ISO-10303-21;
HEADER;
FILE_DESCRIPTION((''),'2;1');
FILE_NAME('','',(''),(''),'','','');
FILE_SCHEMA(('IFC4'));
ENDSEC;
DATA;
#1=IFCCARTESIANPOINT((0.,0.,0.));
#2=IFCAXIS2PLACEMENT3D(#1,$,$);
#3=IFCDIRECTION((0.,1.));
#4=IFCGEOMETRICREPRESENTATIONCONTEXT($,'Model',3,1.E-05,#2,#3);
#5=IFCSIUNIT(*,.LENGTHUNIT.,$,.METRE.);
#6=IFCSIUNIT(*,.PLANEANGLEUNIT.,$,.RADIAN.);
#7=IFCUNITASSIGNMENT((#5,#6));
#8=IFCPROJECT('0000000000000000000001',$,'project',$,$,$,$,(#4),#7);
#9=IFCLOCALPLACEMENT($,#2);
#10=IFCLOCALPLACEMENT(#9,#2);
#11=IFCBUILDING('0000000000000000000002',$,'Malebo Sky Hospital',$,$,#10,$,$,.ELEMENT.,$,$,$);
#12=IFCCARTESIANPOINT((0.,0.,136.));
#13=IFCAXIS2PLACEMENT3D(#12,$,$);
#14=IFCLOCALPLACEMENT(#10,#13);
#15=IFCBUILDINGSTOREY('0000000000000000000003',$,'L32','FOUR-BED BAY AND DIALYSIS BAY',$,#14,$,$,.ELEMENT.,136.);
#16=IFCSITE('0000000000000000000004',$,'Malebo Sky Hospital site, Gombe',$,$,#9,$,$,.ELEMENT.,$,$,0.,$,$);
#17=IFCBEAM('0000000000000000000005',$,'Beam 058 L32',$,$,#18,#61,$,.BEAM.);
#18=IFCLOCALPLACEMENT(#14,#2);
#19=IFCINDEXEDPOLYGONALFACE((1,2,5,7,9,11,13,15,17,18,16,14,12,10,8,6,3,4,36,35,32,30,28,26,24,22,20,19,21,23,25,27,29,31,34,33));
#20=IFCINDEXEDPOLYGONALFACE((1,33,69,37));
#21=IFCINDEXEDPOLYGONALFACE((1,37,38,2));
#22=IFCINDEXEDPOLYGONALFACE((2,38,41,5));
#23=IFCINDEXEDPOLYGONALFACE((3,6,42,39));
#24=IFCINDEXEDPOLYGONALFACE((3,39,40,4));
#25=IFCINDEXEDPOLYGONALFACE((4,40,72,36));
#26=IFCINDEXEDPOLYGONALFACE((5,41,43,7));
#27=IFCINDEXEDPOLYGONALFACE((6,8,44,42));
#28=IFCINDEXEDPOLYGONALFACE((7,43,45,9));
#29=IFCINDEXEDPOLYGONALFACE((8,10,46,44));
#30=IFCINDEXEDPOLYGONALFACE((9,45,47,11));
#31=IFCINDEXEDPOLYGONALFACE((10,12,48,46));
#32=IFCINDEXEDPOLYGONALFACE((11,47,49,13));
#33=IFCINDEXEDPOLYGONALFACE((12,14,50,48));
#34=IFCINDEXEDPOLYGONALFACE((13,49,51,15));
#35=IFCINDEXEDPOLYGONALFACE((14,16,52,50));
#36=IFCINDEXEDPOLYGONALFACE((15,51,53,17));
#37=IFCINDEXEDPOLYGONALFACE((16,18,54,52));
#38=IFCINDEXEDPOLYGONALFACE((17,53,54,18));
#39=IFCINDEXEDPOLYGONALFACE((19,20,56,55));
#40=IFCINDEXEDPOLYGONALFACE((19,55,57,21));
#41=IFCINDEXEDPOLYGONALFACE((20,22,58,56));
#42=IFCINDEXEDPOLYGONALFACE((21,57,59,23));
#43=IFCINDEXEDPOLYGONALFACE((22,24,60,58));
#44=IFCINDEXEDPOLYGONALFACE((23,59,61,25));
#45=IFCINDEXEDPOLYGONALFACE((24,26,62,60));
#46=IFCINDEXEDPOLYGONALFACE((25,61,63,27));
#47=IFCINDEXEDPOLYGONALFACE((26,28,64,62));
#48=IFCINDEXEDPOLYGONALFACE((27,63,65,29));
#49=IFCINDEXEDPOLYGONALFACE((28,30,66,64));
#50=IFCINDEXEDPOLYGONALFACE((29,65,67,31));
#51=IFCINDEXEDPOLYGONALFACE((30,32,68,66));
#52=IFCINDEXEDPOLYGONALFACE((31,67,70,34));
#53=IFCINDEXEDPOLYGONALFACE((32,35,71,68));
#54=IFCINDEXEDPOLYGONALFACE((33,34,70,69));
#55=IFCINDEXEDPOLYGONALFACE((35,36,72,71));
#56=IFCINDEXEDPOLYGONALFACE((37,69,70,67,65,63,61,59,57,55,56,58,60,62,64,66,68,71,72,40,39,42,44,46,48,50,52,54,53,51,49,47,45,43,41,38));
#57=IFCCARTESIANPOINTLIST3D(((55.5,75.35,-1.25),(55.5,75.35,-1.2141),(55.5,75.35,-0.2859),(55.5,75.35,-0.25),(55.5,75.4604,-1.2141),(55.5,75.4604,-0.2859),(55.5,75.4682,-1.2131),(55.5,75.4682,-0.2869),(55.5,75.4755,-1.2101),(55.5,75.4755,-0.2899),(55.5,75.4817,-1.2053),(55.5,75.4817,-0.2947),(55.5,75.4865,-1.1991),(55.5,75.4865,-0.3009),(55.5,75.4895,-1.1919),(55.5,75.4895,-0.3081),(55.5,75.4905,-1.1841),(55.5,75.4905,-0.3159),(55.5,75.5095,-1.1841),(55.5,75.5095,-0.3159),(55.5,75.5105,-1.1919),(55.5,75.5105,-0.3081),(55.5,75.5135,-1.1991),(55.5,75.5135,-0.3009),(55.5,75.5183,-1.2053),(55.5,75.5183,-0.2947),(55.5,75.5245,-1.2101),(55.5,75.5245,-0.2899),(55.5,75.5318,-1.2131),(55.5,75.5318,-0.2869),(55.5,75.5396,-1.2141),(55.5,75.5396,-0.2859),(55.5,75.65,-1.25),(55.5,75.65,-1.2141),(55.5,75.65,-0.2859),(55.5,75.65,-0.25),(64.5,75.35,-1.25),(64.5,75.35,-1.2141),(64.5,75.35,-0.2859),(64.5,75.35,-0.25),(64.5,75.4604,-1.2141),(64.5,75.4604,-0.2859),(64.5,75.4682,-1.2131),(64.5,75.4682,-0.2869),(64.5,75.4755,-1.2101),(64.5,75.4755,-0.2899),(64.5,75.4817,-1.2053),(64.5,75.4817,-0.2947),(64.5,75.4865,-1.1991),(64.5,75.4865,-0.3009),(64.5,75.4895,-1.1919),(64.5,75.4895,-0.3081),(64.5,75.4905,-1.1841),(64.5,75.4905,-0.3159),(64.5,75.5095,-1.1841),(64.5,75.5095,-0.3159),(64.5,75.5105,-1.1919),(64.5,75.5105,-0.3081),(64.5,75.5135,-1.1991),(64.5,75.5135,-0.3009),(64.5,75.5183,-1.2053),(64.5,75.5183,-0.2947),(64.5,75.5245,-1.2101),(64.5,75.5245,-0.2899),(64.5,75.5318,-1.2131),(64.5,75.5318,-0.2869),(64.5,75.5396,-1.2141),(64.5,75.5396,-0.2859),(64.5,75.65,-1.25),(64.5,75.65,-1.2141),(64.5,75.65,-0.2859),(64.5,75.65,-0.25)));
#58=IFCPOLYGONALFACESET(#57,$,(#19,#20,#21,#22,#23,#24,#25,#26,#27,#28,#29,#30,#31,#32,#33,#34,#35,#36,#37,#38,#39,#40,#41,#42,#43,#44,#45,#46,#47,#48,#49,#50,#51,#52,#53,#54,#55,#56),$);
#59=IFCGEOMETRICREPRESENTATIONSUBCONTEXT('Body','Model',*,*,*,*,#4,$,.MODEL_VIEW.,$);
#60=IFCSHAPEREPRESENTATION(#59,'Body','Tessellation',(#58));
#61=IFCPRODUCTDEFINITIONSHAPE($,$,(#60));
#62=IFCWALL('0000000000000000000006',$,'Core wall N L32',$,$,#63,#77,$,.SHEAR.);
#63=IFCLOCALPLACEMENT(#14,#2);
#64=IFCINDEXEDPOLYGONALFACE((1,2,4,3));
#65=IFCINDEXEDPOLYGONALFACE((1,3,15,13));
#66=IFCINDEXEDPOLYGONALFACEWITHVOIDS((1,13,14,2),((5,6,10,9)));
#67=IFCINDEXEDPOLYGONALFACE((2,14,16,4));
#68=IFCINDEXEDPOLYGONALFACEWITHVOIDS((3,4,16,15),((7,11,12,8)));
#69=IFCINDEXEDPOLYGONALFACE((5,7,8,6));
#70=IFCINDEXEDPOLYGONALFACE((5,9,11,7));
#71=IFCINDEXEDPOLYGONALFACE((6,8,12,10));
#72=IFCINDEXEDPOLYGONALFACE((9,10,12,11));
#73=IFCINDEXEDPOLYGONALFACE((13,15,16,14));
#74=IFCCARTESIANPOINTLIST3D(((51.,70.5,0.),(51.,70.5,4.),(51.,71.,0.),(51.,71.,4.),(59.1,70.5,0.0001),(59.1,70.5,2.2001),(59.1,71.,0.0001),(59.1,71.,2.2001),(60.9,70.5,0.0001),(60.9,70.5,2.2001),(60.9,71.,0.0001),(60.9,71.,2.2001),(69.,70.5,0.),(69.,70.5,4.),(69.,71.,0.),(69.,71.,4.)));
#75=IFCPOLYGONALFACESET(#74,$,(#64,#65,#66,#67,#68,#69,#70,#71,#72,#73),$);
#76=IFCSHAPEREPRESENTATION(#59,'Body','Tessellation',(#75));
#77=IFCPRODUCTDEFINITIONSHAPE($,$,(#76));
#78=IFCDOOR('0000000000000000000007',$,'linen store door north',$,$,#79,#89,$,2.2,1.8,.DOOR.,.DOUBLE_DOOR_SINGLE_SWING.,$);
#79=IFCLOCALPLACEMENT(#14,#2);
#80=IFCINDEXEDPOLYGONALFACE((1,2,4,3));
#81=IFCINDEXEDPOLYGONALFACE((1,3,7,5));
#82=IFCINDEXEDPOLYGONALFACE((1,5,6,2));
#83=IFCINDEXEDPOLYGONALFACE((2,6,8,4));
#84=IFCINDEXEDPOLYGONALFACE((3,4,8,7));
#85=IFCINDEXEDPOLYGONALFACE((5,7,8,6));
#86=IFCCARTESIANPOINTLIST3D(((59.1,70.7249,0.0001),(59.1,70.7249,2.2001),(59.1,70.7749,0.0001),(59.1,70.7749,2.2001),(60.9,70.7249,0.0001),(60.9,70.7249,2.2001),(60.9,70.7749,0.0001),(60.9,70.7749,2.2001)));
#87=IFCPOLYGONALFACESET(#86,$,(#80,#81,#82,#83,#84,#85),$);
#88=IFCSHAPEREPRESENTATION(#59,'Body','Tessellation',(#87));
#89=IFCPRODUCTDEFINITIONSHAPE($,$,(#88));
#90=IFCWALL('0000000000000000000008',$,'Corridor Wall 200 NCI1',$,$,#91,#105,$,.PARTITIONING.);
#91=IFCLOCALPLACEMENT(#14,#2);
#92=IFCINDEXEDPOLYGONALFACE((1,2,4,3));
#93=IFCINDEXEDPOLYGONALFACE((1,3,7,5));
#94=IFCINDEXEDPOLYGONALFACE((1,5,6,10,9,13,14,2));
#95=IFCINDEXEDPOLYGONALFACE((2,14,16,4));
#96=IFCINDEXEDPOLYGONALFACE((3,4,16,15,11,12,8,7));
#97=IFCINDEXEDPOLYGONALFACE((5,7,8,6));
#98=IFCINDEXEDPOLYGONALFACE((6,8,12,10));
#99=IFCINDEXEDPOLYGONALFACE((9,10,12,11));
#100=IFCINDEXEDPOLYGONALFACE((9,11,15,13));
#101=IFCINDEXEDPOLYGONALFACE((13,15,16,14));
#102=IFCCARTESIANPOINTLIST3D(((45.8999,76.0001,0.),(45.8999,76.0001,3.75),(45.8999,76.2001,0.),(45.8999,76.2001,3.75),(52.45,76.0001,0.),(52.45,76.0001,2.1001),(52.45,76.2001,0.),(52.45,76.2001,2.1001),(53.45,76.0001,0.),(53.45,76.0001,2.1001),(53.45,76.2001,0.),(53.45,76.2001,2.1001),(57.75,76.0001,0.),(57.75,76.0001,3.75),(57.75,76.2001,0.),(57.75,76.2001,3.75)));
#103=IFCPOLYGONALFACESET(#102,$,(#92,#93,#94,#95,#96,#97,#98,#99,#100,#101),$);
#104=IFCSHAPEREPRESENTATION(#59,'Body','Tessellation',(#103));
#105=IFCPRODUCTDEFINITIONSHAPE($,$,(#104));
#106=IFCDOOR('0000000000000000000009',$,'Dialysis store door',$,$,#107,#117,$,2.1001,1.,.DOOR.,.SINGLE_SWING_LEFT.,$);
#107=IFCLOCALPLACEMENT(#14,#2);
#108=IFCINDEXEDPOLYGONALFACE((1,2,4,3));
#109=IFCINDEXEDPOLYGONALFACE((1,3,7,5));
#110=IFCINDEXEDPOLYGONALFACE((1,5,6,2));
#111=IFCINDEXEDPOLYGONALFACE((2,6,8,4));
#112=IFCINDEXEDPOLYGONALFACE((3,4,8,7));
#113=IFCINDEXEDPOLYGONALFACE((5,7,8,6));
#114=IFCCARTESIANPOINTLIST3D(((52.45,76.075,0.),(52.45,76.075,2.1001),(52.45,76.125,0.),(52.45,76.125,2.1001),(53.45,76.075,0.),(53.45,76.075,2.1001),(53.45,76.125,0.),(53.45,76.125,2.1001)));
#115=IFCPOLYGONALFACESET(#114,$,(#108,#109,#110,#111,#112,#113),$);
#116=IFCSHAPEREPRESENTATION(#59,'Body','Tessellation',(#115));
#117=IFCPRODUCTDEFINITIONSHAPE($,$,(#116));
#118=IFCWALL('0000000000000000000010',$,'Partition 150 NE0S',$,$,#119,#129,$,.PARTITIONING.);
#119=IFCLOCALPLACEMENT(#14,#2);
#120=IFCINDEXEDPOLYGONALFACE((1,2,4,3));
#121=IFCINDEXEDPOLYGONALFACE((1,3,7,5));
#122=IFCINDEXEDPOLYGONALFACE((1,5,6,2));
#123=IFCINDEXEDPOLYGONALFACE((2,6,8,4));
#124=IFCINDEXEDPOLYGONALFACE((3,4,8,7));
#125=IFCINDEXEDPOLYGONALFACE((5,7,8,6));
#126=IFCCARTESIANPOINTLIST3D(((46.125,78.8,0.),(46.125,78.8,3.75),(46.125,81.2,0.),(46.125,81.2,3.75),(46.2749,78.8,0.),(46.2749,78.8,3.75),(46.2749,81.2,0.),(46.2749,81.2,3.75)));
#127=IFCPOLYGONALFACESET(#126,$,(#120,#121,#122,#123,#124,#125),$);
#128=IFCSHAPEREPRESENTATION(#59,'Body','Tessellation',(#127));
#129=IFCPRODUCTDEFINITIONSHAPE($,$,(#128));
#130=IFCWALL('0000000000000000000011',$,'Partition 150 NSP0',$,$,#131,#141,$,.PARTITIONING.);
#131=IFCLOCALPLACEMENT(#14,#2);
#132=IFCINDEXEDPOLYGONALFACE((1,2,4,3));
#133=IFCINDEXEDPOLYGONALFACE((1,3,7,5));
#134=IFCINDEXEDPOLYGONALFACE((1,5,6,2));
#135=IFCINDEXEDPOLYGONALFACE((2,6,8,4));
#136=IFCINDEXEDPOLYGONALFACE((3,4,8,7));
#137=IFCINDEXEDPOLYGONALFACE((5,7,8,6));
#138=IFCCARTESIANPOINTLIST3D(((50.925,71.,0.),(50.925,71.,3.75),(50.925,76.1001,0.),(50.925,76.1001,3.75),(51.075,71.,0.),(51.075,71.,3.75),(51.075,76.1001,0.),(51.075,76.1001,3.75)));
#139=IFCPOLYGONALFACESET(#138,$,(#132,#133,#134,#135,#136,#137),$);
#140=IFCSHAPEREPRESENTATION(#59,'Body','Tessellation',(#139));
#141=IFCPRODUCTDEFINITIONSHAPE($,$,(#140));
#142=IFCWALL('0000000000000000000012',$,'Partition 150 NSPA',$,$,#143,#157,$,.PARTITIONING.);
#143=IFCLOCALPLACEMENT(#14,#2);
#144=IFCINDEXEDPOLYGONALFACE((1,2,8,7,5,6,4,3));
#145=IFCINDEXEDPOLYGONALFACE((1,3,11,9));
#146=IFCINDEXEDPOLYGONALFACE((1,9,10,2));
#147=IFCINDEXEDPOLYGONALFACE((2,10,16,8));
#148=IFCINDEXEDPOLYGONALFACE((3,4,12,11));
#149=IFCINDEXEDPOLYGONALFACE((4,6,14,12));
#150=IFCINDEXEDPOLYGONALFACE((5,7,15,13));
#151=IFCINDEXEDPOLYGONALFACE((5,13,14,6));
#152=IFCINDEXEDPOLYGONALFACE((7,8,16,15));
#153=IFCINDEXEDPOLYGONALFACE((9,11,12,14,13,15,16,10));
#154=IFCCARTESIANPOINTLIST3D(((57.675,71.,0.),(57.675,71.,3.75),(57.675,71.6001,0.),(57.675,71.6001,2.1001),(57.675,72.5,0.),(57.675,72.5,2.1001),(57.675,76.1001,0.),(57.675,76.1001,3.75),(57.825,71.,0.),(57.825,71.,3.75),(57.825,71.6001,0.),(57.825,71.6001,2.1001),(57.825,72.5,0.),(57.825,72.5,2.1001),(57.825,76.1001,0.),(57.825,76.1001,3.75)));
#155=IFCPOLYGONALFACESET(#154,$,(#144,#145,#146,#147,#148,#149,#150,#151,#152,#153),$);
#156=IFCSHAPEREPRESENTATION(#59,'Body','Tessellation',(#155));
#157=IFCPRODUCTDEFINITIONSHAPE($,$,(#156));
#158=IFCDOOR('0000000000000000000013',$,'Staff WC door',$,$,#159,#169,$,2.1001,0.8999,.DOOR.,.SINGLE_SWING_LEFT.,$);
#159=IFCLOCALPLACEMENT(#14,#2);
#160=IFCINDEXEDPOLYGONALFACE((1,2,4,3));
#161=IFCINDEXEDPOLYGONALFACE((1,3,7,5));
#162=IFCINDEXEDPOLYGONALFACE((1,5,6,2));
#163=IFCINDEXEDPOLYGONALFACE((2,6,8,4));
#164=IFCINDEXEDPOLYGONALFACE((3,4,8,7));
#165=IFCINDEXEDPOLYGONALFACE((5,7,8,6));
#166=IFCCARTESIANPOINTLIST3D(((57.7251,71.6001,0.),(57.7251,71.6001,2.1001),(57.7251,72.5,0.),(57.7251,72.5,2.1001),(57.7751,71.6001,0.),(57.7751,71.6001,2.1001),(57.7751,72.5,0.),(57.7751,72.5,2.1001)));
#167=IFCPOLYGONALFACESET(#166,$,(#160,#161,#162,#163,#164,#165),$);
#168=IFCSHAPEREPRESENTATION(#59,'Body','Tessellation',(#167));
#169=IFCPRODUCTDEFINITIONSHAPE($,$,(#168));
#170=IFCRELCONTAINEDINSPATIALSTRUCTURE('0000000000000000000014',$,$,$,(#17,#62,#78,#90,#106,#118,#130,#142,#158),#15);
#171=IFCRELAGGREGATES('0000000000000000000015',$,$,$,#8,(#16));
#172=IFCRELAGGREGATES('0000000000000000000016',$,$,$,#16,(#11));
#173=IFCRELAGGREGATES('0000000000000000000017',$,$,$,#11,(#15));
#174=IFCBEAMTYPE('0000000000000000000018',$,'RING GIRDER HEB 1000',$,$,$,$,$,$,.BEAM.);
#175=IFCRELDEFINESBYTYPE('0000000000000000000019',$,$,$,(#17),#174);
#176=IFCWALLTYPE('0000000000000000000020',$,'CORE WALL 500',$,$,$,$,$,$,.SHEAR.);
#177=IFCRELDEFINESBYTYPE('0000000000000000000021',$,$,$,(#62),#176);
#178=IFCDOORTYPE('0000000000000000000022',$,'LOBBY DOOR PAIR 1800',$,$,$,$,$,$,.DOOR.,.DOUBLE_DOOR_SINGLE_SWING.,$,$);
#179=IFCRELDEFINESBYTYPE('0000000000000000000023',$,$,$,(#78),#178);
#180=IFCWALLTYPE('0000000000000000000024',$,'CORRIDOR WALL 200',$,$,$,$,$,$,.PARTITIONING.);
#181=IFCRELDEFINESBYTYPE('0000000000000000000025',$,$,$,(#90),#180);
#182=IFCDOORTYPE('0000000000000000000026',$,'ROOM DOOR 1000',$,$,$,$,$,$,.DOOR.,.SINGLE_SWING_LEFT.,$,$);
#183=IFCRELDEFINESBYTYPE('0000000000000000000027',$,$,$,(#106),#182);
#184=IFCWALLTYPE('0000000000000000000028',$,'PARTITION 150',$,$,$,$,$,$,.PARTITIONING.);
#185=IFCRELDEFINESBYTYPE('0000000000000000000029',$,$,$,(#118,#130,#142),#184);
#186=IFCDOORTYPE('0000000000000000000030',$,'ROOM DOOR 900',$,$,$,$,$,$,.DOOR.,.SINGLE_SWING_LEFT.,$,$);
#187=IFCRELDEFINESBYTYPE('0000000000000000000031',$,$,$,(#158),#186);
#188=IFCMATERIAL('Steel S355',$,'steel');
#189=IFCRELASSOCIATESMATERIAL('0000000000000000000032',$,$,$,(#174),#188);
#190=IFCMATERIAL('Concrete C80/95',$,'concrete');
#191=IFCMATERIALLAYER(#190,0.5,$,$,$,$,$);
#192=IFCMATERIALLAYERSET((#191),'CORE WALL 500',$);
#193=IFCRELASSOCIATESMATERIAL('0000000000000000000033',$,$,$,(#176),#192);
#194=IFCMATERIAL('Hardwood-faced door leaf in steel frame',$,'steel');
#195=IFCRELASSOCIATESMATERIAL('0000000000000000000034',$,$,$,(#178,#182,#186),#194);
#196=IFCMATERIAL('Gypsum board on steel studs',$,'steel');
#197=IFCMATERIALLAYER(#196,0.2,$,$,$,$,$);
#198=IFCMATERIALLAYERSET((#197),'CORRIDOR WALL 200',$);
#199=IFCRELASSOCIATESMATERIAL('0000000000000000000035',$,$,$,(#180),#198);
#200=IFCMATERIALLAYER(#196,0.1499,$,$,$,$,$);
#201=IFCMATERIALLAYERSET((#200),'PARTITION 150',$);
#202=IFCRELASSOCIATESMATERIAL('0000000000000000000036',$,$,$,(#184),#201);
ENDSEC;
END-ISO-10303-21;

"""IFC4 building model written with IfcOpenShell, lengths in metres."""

from ifc_helpers import new_model, si_unit, direction, frame, frame_2d, origin, origin_2d, place, context, subcontext, project, spatial, rectangle, i_section, extrude, material, layer, layer_set, material_profile, profile_set, type_object, element, fill, save


model = new_model("IFC4")

# Units and contexts
model_context = context("Model", 3, precision=1e-05, world=origin(), true_north=direction((0.0, 1.0)))
body_context = subcontext(model_context, "Body", "Model", "MODEL_VIEW")
ifc_project = project(units=[si_unit("LENGTHUNIT", "METRE"), si_unit("PLANEANGLEUNIT", "RADIAN")], contexts=[model_context])

# Site, building, storey
site_placement = place(None, origin())
site = spatial("IfcSite", under=ifc_project, at=site_placement, Name="Malebo Sky Hospital site, Gombe", CompositionType="ELEMENT", RefElevation=0.0)
building_placement = place(site_placement, origin())
building = spatial("IfcBuilding", under=site, at=building_placement, Name="Malebo Sky Hospital", CompositionType="ELEMENT")
storey_placement = place(building_placement, frame((0.0, 0.0, 136.0)))
storey = spatial("IfcBuildingStorey", under=building, at=storey_placement, Name="L32", Description="FOUR-BED BAY AND DIALYSIS BAY", CompositionType="ELEMENT", Elevation=136.0)

# Beam
ifc_material_1 = material(Name="Steel S355", Category="steel")
ifc_material_profile_1 = material_profile(ifc_material_1, i_section(OverallWidth=0.3, OverallDepth=1.0, WebThickness=0.019, FlangeThickness=0.0359, FilletRadius=0.03, at=origin_2d()), Name="HEB 1000")
ifc_profile_set_1 = profile_set([ifc_material_profile_1], Name="Steel S355")
beam_type_1 = type_object("IfcBeamType", Name="RING GIRDER HEB 1000", PredefinedType="BEAM", material=ifc_profile_set_1)
beam_1_placement = place(storey_placement, frame((55.5, 75.5, -0.75), z_axis=(1.0, 0.0, 0.0), x_axis=(0.0, 1.0, 0.0)))
element("IfcBeam", 1, at=beam_1_placement, inside=storey, type_object=beam_type_1, Name="Beam 058 L32", PredefinedType="BEAM", context=body_context, shape_type="SweptSolid", body=[
    extrude(i_section(OverallWidth=0.3, OverallDepth=1.0, WebThickness=0.019, FlangeThickness=0.0359, FilletRadius=0.03, at=origin_2d()), origin(), (0.0, 0.0, 1.0), 9.0),
])

# Walls, openings, doors
ifc_material_2 = material(Name="Concrete C80/95", Category="concrete")
ifc_layer_1 = layer(ifc_material_2, 0.5)
ifc_layer_set_1 = layer_set([ifc_layer_1], Name="CORE WALL 500")
wall_type_1 = type_object("IfcWallType", Name="CORE WALL 500", PredefinedType="SHEAR", material=ifc_layer_set_1)
wall_1_placement = place(storey_placement, frame((51.0, 70.75, 0.0), z_axis=(0.0, 0.0, 1.0), x_axis=(1.0, 0.0, 0.0)))
wall_1 = element("IfcWall", 2, at=wall_1_placement, inside=storey, type_object=wall_type_1, Name="Core wall N L32", PredefinedType="SHEAR", context=body_context, shape_type="SweptSolid", body=[
    extrude(rectangle(XDim=18.0, YDim=0.5, at=frame_2d((9.0, 0.0))), origin(), (0.0, 0.0, 1.0), 4.0),
])
opening_1_placement = place(wall_1_placement, frame((8.1001, 0.0, 0.0)))
opening_1 = element("IfcOpeningElement", 3, at=opening_1_placement, cuts=wall_1, PredefinedType="OPENING", context=body_context, shape_type="SweptSolid", body=[
    extrude(rectangle(XDim=1.8, YDim=2.2, at=frame_2d((0.8999, 1.1001))), frame((0.0, 0.26, 0.0), z_axis=(0.0, -1.0, 0.0), x_axis=(1.0, 0.0, 0.0)), (0.0, 0.0, 1.0), 0.52),
])
ifc_material_3 = material(Name="Hardwood-faced door leaf in steel frame", Category="steel")
door_type_1 = type_object("IfcDoorType", Name="LOBBY DOOR PAIR 1800", OperationType="DOUBLE_DOOR_SINGLE_SWING", PredefinedType="DOOR", material=ifc_material_3)
door_1_placement = place(opening_1_placement, origin())
door_1 = element("IfcDoor", 4, at=door_1_placement, inside=storey, type_object=door_type_1, Name="linen store door north", OperationType="DOUBLE_DOOR_SINGLE_SWING", OverallHeight=2.2, OverallWidth=1.8, PredefinedType="DOOR", context=body_context, shape_type="SweptSolid", body=[
    extrude(rectangle(XDim=1.8, YDim=2.2, at=frame_2d((0.8999, 1.1001))), frame((0.0, 0.0249, 0.0), z_axis=(0.0, -1.0, 0.0), x_axis=(1.0, 0.0, 0.0)), (0.0, 0.0, 1.0), 0.05),
])
fill(opening_1, door_1)
ifc_material_4 = material(Name="Gypsum board on steel studs", Category="steel")
ifc_layer_2 = layer(ifc_material_4, 0.2)
ifc_layer_set_2 = layer_set([ifc_layer_2], Name="CORRIDOR WALL 200")
wall_type_2 = type_object("IfcWallType", Name="CORRIDOR WALL 200", PredefinedType="PARTITIONING", material=ifc_layer_set_2)
wall_2_placement = place(storey_placement, frame((45.8999, 76.1001, 0.0), z_axis=(0.0, 0.0, 1.0), x_axis=(1.0, 0.0, 0.0)))
wall_2 = element("IfcWall", 5, at=wall_2_placement, inside=storey, type_object=wall_type_2, Name="Corridor Wall 200 NCI1", PredefinedType="PARTITIONING", context=body_context, shape_type="SweptSolid", body=[
    extrude(rectangle(XDim=11.8501, YDim=0.2, at=frame_2d((5.925, 0.0))), origin(), (0.0, 0.0, 1.0), 3.75),
])
opening_2_placement = place(wall_2_placement, frame((6.55, 0.0, 0.0)))
opening_2 = element("IfcOpeningElement", 6, at=opening_2_placement, cuts=wall_2, PredefinedType="OPENING", context=body_context, shape_type="SweptSolid", body=[
    extrude(rectangle(XDim=1.0, YDim=2.1001, at=frame_2d((0.5, 1.05))), frame((0.0, 0.1099, 0.0), z_axis=(0.0, -1.0, 0.0), x_axis=(1.0, 0.0, 0.0)), (0.0, 0.0, 1.0), 0.22),
])
door_type_2 = type_object("IfcDoorType", Name="ROOM DOOR 1000", OperationType="SINGLE_SWING_LEFT", PredefinedType="DOOR", material=ifc_material_3)
door_2_placement = place(opening_2_placement, origin())
door_2 = element("IfcDoor", 7, at=door_2_placement, inside=storey, type_object=door_type_2, Name="Dialysis store door", OperationType="SINGLE_SWING_LEFT", OverallHeight=2.1001, OverallWidth=1.0, PredefinedType="DOOR", context=body_context, shape_type="SweptSolid", body=[
    extrude(rectangle(XDim=1.0, YDim=2.1001, at=frame_2d((0.5, 1.05))), frame((0.0, 0.0249, 0.0), z_axis=(0.0, -1.0, 0.0), x_axis=(1.0, 0.0, 0.0)), (0.0, 0.0, 1.0), 0.05),
])
fill(opening_2, door_2)

# Walls
ifc_layer_3 = layer(ifc_material_4, 0.1499)
ifc_layer_set_3 = layer_set([ifc_layer_3], Name="PARTITION 150")
wall_type_3 = type_object("IfcWallType", Name="PARTITION 150", PredefinedType="PARTITIONING", material=ifc_layer_set_3)
wall_3_placement = place(storey_placement, frame((46.2, 78.8, 0.0), z_axis=(0.0, 0.0, 1.0), x_axis=(0.0, 1.0, 0.0)))
element("IfcWall", 8, at=wall_3_placement, inside=storey, type_object=wall_type_3, Name="Partition 150 NE0S", PredefinedType="PARTITIONING", context=body_context, shape_type="SweptSolid", body=[
    extrude(rectangle(XDim=2.3999, YDim=0.1499, at=frame_2d((1.2, 0.0))), origin(), (0.0, 0.0, 1.0), 3.75),
])
wall_4_placement = place(storey_placement, frame((51.0, 71.0, 0.0), z_axis=(0.0, 0.0, 1.0), x_axis=(0.0, 1.0, 0.0)))
element("IfcWall", 9, at=wall_4_placement, inside=storey, type_object=wall_type_3, Name="Partition 150 NSP0", PredefinedType="PARTITIONING", context=body_context, shape_type="SweptSolid", body=[
    extrude(rectangle(XDim=5.1001, YDim=0.1499, at=frame_2d((2.55, 0.0))), origin(), (0.0, 0.0, 1.0), 3.75),
])

# Wall, opening, door
wall_5_placement = place(storey_placement, frame((57.75, 71.0, 0.0), z_axis=(0.0, 0.0, 1.0), x_axis=(0.0, 1.0, 0.0)))
wall_5 = element("IfcWall", 10, at=wall_5_placement, inside=storey, type_object=wall_type_3, Name="Partition 150 NSPA", PredefinedType="PARTITIONING", context=body_context, shape_type="SweptSolid", body=[
    extrude(rectangle(XDim=5.1001, YDim=0.1499, at=frame_2d((2.55, 0.0))), origin(), (0.0, 0.0, 1.0), 3.75),
])
opening_3_placement = place(wall_5_placement, frame((0.6001, 0.0, 0.0)))
opening_3 = element("IfcOpeningElement", 11, at=opening_3_placement, cuts=wall_5, PredefinedType="OPENING", context=body_context, shape_type="SweptSolid", body=[
    extrude(rectangle(XDim=0.8999, YDim=2.1001, at=frame_2d((0.45, 1.05))), frame((0.0, 0.085, 0.0), z_axis=(0.0, -1.0, 0.0), x_axis=(1.0, 0.0, 0.0)), (0.0, 0.0, 1.0), 0.1699),
])
door_type_3 = type_object("IfcDoorType", Name="ROOM DOOR 900", OperationType="SINGLE_SWING_LEFT", PredefinedType="DOOR", material=ifc_material_3)
door_3_placement = place(opening_3_placement, origin())
door_3 = element("IfcDoor", 12, at=door_3_placement, inside=storey, type_object=door_type_3, Name="Staff WC door", OperationType="SINGLE_SWING_LEFT", OverallHeight=2.1001, OverallWidth=0.8999, PredefinedType="DOOR", context=body_context, shape_type="SweptSolid", body=[
    extrude(rectangle(XDim=0.8999, YDim=2.1001, at=frame_2d((0.45, 1.05))), frame((0.0, 0.0249, 0.0), z_axis=(0.0, -1.0, 0.0), x_axis=(1.0, 0.0, 0.0)), (0.0, 0.0, 1.0), 0.05),
])
fill(opening_3, door_3)

save(model, "model.ifc")
